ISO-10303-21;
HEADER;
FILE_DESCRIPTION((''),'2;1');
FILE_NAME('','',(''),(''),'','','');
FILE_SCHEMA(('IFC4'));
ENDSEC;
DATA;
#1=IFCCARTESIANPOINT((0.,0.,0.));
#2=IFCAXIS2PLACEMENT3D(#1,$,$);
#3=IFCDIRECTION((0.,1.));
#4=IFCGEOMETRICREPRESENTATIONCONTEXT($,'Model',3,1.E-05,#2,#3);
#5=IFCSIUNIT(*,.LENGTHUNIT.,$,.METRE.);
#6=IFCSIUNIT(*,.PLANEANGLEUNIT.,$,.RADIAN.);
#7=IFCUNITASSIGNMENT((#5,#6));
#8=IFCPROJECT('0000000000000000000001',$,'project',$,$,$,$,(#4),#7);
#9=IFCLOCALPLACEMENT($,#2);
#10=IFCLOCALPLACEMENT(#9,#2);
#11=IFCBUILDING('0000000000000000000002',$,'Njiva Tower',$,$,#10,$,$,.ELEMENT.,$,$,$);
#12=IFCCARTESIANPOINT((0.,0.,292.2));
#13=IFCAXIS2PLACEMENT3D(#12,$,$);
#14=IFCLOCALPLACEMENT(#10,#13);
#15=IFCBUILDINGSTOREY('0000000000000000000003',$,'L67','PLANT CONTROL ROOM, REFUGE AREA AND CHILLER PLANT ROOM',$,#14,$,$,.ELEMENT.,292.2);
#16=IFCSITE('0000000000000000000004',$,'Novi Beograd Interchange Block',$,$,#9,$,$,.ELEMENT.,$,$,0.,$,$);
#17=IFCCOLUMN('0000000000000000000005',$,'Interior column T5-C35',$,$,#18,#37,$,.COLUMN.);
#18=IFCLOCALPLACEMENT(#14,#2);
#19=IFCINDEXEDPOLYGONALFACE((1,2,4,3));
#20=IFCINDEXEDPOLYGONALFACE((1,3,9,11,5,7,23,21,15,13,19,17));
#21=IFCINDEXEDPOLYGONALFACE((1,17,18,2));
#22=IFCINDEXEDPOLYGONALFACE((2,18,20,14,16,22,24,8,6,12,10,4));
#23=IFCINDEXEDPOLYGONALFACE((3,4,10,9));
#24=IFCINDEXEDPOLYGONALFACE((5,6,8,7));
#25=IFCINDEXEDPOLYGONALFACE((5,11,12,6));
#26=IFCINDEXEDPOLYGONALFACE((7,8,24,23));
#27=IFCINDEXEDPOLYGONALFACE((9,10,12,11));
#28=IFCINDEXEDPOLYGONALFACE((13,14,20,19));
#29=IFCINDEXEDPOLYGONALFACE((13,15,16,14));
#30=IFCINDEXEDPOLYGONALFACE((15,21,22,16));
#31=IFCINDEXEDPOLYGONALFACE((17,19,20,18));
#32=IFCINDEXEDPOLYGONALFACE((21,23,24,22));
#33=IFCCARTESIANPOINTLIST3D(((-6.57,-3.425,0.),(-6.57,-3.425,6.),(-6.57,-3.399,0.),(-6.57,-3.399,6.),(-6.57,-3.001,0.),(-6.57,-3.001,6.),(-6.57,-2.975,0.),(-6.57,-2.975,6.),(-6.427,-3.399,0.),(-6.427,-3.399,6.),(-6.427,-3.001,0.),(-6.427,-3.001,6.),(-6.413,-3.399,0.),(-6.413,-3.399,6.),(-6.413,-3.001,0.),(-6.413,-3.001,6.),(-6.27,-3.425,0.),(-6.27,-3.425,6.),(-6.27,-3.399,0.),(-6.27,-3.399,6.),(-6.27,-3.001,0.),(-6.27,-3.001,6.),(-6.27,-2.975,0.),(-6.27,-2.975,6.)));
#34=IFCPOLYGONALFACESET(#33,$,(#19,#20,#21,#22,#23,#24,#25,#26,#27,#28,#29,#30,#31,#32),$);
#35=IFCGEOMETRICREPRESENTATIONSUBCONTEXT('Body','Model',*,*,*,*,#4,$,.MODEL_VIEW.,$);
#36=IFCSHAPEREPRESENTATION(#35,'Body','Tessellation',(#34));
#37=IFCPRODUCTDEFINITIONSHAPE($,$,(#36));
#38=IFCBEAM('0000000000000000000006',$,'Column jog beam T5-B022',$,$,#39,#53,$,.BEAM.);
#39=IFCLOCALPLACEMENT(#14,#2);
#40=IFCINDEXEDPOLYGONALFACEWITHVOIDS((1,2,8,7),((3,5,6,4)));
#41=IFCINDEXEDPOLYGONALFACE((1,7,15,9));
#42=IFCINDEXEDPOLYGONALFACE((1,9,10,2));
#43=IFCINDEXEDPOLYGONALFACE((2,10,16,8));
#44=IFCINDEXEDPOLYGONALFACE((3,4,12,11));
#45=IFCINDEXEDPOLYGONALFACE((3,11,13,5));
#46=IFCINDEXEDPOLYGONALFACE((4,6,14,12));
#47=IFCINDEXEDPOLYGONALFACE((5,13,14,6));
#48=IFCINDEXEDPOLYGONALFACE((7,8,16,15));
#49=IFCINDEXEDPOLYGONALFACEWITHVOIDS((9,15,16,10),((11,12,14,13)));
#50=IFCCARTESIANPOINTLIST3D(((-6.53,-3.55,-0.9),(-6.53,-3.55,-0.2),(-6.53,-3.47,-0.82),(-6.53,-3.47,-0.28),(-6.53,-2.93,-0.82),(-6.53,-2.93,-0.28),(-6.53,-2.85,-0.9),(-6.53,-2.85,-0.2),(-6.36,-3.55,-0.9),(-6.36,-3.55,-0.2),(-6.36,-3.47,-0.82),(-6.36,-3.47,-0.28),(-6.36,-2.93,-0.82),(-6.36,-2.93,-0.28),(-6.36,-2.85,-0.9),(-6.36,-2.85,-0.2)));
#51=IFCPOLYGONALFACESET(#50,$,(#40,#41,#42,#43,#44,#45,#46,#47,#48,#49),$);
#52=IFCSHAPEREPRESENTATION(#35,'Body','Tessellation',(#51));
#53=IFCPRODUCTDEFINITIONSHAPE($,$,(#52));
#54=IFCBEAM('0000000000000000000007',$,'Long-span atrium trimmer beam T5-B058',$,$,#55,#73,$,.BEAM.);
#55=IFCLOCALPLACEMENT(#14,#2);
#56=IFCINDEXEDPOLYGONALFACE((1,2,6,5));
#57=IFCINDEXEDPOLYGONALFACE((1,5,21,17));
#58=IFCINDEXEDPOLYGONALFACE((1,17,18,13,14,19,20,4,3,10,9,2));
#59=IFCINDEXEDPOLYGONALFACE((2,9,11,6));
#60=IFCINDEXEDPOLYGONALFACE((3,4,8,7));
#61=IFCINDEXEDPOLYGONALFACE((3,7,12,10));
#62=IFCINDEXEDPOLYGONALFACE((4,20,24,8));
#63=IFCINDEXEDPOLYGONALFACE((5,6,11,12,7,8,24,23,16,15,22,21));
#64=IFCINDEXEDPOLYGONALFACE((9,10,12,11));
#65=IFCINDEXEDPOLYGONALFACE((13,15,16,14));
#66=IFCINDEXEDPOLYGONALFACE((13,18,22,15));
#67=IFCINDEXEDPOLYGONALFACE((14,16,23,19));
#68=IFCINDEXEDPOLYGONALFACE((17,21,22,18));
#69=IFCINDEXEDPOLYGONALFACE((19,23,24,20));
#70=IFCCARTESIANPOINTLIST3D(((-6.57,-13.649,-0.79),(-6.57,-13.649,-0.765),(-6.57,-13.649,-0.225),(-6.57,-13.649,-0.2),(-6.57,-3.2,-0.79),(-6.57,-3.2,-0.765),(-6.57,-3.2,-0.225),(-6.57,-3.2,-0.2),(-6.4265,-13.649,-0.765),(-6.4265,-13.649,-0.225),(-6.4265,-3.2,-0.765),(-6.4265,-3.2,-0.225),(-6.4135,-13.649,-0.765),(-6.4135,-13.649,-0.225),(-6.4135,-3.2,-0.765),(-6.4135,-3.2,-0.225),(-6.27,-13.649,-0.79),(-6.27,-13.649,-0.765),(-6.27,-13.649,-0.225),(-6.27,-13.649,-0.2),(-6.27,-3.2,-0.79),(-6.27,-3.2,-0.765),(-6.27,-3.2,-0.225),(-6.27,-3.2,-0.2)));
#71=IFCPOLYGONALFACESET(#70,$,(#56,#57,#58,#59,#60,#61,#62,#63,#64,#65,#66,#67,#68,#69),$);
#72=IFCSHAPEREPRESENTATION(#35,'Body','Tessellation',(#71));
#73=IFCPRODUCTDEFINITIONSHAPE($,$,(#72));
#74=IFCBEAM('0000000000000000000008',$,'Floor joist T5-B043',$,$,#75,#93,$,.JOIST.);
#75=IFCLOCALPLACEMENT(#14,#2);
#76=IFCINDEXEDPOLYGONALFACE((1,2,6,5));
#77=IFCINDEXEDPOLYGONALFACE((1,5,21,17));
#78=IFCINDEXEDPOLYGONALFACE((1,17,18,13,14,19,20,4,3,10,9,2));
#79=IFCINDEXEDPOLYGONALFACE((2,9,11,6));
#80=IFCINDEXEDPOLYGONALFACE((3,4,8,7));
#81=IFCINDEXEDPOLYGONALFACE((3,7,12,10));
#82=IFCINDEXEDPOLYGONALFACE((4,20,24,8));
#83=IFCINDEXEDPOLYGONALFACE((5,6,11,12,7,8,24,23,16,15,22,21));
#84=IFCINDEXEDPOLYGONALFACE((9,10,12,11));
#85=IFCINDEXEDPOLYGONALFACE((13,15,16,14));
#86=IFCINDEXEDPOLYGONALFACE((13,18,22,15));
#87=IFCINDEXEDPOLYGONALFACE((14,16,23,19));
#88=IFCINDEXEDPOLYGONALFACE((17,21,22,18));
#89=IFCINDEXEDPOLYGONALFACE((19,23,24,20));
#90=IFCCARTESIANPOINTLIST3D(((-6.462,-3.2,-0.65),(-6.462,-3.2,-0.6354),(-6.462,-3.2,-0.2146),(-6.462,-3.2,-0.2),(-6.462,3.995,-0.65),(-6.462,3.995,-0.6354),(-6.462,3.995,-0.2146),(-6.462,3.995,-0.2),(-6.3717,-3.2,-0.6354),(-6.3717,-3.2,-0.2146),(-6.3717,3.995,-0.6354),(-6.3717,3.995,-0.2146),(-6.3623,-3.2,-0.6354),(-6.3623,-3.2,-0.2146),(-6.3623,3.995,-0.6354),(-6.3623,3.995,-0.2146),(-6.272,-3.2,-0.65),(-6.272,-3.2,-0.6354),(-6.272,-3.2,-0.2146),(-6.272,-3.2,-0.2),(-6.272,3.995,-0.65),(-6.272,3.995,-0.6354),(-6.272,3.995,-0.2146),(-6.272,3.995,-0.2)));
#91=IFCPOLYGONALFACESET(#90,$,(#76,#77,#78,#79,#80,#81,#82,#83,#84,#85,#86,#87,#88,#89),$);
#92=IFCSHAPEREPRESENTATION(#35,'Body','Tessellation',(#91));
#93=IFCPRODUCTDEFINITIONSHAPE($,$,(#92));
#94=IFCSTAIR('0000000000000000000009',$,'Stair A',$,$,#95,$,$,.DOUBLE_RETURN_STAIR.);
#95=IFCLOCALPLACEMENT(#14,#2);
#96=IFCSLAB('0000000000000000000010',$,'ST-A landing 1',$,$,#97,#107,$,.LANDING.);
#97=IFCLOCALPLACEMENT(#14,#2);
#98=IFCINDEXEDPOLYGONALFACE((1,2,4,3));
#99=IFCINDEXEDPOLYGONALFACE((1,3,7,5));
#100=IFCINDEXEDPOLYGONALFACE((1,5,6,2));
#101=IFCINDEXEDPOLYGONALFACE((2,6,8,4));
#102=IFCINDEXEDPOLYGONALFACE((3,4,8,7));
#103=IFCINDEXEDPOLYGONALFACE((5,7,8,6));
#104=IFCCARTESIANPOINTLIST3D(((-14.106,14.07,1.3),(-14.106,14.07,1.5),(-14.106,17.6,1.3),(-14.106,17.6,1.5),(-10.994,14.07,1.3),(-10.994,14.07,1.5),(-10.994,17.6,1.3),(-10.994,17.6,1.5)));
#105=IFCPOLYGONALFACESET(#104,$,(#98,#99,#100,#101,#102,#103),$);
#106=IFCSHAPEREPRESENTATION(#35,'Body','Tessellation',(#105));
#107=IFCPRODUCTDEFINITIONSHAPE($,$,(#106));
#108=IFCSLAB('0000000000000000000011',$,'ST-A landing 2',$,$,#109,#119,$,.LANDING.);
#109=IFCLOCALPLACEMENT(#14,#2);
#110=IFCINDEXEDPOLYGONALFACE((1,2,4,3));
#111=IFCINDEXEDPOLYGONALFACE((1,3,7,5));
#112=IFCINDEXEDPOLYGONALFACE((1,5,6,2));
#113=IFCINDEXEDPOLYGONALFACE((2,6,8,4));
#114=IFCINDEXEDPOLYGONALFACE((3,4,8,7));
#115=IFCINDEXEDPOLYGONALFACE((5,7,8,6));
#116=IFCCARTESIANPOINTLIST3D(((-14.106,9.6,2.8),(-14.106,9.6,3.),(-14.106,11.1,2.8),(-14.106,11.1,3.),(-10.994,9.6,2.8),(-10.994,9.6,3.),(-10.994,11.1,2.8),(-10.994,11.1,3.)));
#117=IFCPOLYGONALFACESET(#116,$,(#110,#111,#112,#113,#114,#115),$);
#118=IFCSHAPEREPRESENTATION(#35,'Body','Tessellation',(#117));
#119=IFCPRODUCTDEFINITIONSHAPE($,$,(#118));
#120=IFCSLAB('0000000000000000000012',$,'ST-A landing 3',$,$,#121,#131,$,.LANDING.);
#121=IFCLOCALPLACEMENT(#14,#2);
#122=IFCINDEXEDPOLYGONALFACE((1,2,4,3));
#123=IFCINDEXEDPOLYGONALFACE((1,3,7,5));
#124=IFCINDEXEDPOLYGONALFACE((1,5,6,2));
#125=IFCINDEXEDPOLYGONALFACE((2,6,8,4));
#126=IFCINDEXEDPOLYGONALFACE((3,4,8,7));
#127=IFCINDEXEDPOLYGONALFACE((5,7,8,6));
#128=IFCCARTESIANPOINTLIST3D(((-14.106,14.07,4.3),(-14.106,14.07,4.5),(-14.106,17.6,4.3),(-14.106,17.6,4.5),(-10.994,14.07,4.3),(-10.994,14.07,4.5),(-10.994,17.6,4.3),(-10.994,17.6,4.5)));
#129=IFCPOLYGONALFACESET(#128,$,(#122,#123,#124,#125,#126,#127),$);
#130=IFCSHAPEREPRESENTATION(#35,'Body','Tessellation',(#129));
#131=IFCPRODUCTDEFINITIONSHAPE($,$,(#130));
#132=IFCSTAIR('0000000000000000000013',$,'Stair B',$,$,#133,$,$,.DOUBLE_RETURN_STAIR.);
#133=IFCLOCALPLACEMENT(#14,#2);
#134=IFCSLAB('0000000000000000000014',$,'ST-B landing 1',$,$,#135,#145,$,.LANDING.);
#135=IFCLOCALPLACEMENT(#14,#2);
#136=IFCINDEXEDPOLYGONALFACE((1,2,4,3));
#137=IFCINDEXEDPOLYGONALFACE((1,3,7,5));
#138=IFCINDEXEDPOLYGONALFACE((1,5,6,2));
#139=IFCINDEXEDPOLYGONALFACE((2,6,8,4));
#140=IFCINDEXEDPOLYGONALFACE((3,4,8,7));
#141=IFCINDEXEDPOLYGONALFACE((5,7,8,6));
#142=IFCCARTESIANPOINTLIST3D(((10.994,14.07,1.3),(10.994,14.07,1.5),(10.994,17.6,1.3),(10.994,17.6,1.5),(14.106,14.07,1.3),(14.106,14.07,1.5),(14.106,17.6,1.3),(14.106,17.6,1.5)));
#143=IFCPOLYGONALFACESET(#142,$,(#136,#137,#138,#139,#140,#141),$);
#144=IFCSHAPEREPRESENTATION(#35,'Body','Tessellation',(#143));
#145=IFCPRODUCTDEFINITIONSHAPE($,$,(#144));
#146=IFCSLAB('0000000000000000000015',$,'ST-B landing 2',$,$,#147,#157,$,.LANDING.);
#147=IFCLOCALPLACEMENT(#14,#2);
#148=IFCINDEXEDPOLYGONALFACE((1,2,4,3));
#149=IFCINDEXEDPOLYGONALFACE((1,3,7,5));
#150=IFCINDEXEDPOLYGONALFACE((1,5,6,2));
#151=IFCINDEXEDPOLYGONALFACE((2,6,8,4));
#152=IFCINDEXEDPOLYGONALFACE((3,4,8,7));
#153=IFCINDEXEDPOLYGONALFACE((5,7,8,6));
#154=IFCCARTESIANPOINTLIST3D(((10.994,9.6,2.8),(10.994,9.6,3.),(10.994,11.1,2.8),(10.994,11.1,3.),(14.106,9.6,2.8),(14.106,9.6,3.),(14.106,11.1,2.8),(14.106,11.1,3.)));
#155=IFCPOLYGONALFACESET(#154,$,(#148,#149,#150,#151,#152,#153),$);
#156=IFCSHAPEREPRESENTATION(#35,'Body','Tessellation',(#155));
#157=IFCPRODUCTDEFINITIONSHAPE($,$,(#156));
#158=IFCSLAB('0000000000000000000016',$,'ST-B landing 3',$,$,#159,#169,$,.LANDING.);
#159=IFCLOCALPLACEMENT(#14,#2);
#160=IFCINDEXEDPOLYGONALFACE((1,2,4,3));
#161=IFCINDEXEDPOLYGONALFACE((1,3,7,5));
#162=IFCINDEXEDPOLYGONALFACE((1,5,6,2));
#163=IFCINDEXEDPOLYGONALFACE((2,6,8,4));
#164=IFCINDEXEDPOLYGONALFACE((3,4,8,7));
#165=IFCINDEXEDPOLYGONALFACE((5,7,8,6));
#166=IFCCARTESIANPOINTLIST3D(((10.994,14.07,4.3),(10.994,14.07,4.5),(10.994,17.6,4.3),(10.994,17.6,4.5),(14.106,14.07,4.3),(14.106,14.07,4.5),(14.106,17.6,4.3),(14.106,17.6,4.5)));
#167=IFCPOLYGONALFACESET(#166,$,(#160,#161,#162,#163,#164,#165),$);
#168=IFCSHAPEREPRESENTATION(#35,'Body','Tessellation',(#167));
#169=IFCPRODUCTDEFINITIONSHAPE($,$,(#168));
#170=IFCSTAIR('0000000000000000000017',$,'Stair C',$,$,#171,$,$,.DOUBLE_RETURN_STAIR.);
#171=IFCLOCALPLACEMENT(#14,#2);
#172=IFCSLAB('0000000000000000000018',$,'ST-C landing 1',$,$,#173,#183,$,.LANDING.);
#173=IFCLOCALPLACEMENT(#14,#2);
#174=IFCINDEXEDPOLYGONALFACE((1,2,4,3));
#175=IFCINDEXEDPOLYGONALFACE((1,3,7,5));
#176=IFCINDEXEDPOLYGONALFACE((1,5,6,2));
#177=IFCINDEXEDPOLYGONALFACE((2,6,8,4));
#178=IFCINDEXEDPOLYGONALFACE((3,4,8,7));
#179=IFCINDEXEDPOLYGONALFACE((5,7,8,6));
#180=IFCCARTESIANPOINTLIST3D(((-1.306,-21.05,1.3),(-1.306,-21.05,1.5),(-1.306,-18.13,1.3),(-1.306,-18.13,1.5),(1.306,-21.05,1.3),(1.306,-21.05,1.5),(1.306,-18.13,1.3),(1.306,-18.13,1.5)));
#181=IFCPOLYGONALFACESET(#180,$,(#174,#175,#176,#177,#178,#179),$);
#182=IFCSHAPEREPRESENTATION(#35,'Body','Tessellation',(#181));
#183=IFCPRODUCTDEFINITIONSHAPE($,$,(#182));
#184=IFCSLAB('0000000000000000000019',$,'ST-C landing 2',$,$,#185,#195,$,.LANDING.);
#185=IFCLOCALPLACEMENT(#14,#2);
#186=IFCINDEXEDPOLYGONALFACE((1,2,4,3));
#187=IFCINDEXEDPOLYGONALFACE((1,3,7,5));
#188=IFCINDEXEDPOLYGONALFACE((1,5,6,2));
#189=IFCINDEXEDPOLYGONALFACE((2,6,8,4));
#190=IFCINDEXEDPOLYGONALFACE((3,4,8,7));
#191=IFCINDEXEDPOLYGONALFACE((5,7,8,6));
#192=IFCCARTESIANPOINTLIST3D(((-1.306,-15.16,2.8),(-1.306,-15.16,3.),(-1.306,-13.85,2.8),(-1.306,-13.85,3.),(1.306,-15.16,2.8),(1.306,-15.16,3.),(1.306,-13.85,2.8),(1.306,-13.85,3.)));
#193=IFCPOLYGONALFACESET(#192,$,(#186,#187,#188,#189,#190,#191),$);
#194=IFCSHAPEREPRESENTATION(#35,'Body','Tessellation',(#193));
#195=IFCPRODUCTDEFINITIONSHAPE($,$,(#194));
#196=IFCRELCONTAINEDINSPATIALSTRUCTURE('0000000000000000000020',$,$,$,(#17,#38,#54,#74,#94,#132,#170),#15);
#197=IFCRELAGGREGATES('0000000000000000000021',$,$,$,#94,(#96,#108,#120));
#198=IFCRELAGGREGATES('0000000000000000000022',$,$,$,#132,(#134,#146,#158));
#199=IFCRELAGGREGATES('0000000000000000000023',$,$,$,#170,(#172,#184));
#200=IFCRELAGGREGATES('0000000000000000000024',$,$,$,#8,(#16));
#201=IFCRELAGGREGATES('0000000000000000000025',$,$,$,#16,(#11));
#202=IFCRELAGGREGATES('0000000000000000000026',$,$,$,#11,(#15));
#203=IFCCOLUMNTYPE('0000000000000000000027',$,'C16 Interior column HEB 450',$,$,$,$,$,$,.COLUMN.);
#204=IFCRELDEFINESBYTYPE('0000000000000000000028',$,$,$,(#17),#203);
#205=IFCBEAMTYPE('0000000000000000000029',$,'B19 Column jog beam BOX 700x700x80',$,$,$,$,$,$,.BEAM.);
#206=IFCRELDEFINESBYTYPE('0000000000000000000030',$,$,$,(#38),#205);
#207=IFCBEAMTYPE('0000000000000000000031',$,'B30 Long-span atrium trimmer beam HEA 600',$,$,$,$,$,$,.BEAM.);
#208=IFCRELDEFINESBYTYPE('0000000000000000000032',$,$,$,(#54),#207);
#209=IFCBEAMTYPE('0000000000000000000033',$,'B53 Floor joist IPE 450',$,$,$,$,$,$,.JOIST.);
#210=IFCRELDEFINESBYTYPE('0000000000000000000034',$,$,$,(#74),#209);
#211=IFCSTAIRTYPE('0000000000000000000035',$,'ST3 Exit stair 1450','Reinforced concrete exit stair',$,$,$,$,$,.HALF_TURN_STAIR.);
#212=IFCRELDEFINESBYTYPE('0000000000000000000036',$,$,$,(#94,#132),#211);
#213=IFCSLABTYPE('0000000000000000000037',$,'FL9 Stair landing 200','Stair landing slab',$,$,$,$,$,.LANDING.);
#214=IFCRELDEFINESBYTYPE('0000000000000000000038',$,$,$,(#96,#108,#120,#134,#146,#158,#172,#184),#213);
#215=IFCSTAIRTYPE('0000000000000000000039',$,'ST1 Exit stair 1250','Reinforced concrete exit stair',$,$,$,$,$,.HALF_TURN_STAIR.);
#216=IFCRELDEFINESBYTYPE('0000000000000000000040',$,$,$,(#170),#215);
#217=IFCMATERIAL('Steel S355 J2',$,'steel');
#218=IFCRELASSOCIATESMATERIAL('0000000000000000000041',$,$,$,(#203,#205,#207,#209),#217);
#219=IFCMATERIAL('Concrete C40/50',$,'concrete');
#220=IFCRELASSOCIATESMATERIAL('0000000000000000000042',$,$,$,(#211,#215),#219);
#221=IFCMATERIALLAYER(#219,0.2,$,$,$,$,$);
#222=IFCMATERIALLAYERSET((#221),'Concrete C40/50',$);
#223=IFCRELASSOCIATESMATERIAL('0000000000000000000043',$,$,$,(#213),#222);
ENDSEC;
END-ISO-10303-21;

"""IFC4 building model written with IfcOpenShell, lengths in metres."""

from ifc_helpers import new_model, si_unit, direction, frame, origin, origin_2d, place, context, subcontext, project, spatial, polyline, hollow_rectangle, i_section, outline, extrude, material, layer, layer_set, material_profile, profile_set, type_object, element, aggregate, save


model = new_model("IFC4")

# Units and contexts
model_context = context("Model", 3, precision=1e-05, world=origin(), true_north=direction((0.0, 1.0)))
body_context = subcontext(model_context, "Body", "Model", "MODEL_VIEW")
ifc_project = project(units=[si_unit("LENGTHUNIT", "METRE"), si_unit("PLANEANGLEUNIT", "RADIAN")], contexts=[model_context])

# Site, building, storey
site_placement = place(None, origin())
site = spatial("IfcSite", under=ifc_project, at=site_placement, Name="Novi Beograd Interchange Block", CompositionType="ELEMENT", RefElevation=0.0)
building_placement = place(site_placement, origin())
building = spatial("IfcBuilding", under=site, at=building_placement, Name="Njiva Tower", CompositionType="ELEMENT")
storey_placement = place(building_placement, frame((0.0, 0.0, 292.2)))
storey = spatial("IfcBuildingStorey", under=building, at=storey_placement, Name="L67", Description="PLANT CONTROL ROOM, REFUGE AREA AND CHILLER PLANT ROOM", CompositionType="ELEMENT", Elevation=292.2)

# Column
ifc_material_1 = material(Name="Steel S355 J2", Category="steel")
ifc_material_profile_1 = material_profile(ifc_material_1, i_section(OverallWidth=0.3, OverallDepth=0.45, WebThickness=0.014, FlangeThickness=0.026, at=origin_2d()), Name="HEB 450")
ifc_profile_set_1 = profile_set([ifc_material_profile_1], Name="Steel S355 J2")
column_type = type_object("IfcColumnType", Name="C16 Interior column HEB 450", PredefinedType="COLUMN", material=ifc_profile_set_1)
column_placement = place(storey_placement, frame((-6.42, -3.2, 0.0), z_axis=(0.0, 0.0, 1.0), x_axis=(1.0, 0.0, 0.0)))
element("IfcColumn", 1, at=column_placement, inside=storey, type_object=column_type, Name="Interior column T5-C35", PredefinedType="COLUMN", context=body_context, shape_type="SweptSolid", body=[
    extrude(i_section(OverallWidth=0.3, OverallDepth=0.45, WebThickness=0.014, FlangeThickness=0.026, at=origin_2d()), origin(), (0.0, 0.0, 1.0), 6.0),
])

# Beams
ifc_material_profile_2 = material_profile(ifc_material_1, hollow_rectangle(XDim=0.7, YDim=0.7, WallThickness=0.08, at=origin_2d()), Name="BOX 700x700x80")
ifc_profile_set_2 = profile_set([ifc_material_profile_2], Name="Steel S355 J2")
beam_type_1 = type_object("IfcBeamType", Name="B19 Column jog beam BOX 700x700x80", PredefinedType="BEAM", material=ifc_profile_set_2)
beam_1_placement = place(storey_placement, frame((-6.53, -3.2, -0.55), z_axis=(1.0, 0.0, 0.0), x_axis=(0.0, 1.0, 0.0)))
element("IfcBeam", 2, at=beam_1_placement, inside=storey, type_object=beam_type_1, Name="Column jog beam T5-B022", PredefinedType="BEAM", context=body_context, shape_type="SweptSolid", body=[
    extrude(hollow_rectangle(XDim=0.7, YDim=0.7, WallThickness=0.08, at=origin_2d()), origin(), (0.0, 0.0, 1.0), 0.17),
])
ifc_material_profile_3 = material_profile(ifc_material_1, i_section(OverallWidth=0.3, OverallDepth=0.59, WebThickness=0.013, FlangeThickness=0.025, at=origin_2d()), Name="HEA 600")
ifc_profile_set_3 = profile_set([ifc_material_profile_3], Name="Steel S355 J2")
beam_type_2 = type_object("IfcBeamType", Name="B30 Long-span atrium trimmer beam HEA 600", PredefinedType="BEAM", material=ifc_profile_set_3)
beam_2_placement = place(storey_placement, frame((-6.42, -3.2, -0.495), z_axis=(0.0, -1.0, 0.0), x_axis=(1.0, 0.0, 0.0)))
element("IfcBeam", 3, at=beam_2_placement, inside=storey, type_object=beam_type_2, Name="Long-span atrium trimmer beam T5-B058", PredefinedType="BEAM", context=body_context, shape_type="SweptSolid", body=[
    extrude(i_section(OverallWidth=0.3, OverallDepth=0.59, WebThickness=0.013, FlangeThickness=0.025, at=origin_2d()), origin(), (0.0, 0.0, 1.0), 10.449),
])
ifc_material_profile_4 = material_profile(ifc_material_1, i_section(OverallWidth=0.19, OverallDepth=0.45, WebThickness=0.0094, FlangeThickness=0.0146, at=origin_2d()), Name="IPE 450")
ifc_profile_set_4 = profile_set([ifc_material_profile_4], Name="Steel S355 J2")
beam_type_3 = type_object("IfcBeamType", Name="B53 Floor joist IPE 450", PredefinedType="JOIST", material=ifc_profile_set_4)
beam_3_placement = place(storey_placement, frame((-6.367, 3.995, -0.425), z_axis=(0.0, -1.0, 0.0), x_axis=(1.0, 0.0, 0.0)))
element("IfcBeam", 4, at=beam_3_placement, inside=storey, type_object=beam_type_3, Name="Floor joist T5-B043", PredefinedType="JOIST", context=body_context, shape_type="SweptSolid", body=[
    extrude(i_section(OverallWidth=0.19, OverallDepth=0.45, WebThickness=0.0094, FlangeThickness=0.0146, at=origin_2d()), origin(), (0.0, 0.0, 1.0), 7.195),
])

# Stairs, slabs
ifc_material_2 = material(Name="Concrete C40/50", Category="concrete")
stair_type_1 = type_object("IfcStairType", Name="ST3 Exit stair 1450", Description="Reinforced concrete exit stair", PredefinedType="HALF_TURN_STAIR", material=ifc_material_2)
stair_1_placement = place(storey_placement, origin())
stair_1 = element("IfcStair", 5, at=stair_1_placement, inside=storey, type_object=stair_type_1, Name="Stair A", PredefinedType="DOUBLE_RETURN_STAIR")
ifc_layer_1 = layer(ifc_material_2, 0.2)
ifc_layer_set_1 = layer_set([ifc_layer_1], Name="Concrete C40/50")
slab_type_1 = type_object("IfcSlabType", Name="FL9 Stair landing 200", Description="Stair landing slab", PredefinedType="LANDING", material=ifc_layer_set_1)
slab_1_placement = place(storey_placement, frame((0.0, 0.0, 1.3)))
slab_1 = element("IfcSlab", 6, at=slab_1_placement, type_object=slab_type_1, Name="ST-A landing 1", PredefinedType="LANDING", context=body_context, shape_type="SweptSolid", body=[
    extrude(outline(polyline([(-14.106, 14.07), (-10.994, 14.07), (-10.994, 17.6), (-14.106, 17.6), (-14.106, 14.07)])), origin(), (0.0, 0.0, 1.0), 0.2),
])
slab_2_placement = place(storey_placement, frame((0.0, 0.0, 2.8)))
slab_2 = element("IfcSlab", 7, at=slab_2_placement, type_object=slab_type_1, Name="ST-A landing 2", PredefinedType="LANDING", context=body_context, shape_type="SweptSolid", body=[
    extrude(outline(polyline([(-14.106, 9.6), (-10.994, 9.6), (-10.994, 11.1), (-14.106, 11.1), (-14.106, 9.6)])), origin(), (0.0, 0.0, 1.0), 0.2),
])
slab_3_placement = place(storey_placement, frame((0.0, 0.0, 4.3)))
slab_3 = element("IfcSlab", 8, at=slab_3_placement, type_object=slab_type_1, Name="ST-A landing 3", PredefinedType="LANDING", context=body_context, shape_type="SweptSolid", body=[
    extrude(outline(polyline([(-14.106, 14.07), (-10.994, 14.07), (-10.994, 17.6), (-14.106, 17.6), (-14.106, 14.07)])), origin(), (0.0, 0.0, 1.0), 0.2),
])
aggregate(stair_1, [slab_1, slab_2, slab_3])
stair_2_placement = place(storey_placement, origin())
stair_2 = element("IfcStair", 9, at=stair_2_placement, inside=storey, type_object=stair_type_1, Name="Stair B", PredefinedType="DOUBLE_RETURN_STAIR")
slab_4_placement = place(storey_placement, frame((0.0, 0.0, 1.3)))
slab_4 = element("IfcSlab", 10, at=slab_4_placement, type_object=slab_type_1, Name="ST-B landing 1", PredefinedType="LANDING", context=body_context, shape_type="SweptSolid", body=[
    extrude(outline(polyline([(10.994, 14.07), (14.106, 14.07), (14.106, 17.6), (10.994, 17.6), (10.994, 14.07)])), origin(), (0.0, 0.0, 1.0), 0.2),
])
slab_5_placement = place(storey_placement, frame((0.0, 0.0, 2.8)))
slab_5 = element("IfcSlab", 11, at=slab_5_placement, type_object=slab_type_1, Name="ST-B landing 2", PredefinedType="LANDING", context=body_context, shape_type="SweptSolid", body=[
    extrude(outline(polyline([(10.994, 9.6), (14.106, 9.6), (14.106, 11.1), (10.994, 11.1), (10.994, 9.6)])), origin(), (0.0, 0.0, 1.0), 0.2),
])
slab_6_placement = place(storey_placement, frame((0.0, 0.0, 4.3)))
slab_6 = element("IfcSlab", 12, at=slab_6_placement, type_object=slab_type_1, Name="ST-B landing 3", PredefinedType="LANDING", context=body_context, shape_type="SweptSolid", body=[
    extrude(outline(polyline([(10.994, 14.07), (14.106, 14.07), (14.106, 17.6), (10.994, 17.6), (10.994, 14.07)])), origin(), (0.0, 0.0, 1.0), 0.2),
])
aggregate(stair_2, [slab_4, slab_5, slab_6])
stair_type_2 = type_object("IfcStairType", Name="ST1 Exit stair 1250", Description="Reinforced concrete exit stair", PredefinedType="HALF_TURN_STAIR", material=ifc_material_2)
stair_3_placement = place(storey_placement, origin())
stair_3 = element("IfcStair", 13, at=stair_3_placement, inside=storey, type_object=stair_type_2, Name="Stair C", PredefinedType="DOUBLE_RETURN_STAIR")
slab_7_placement = place(storey_placement, frame((0.0, 0.0, 1.3)))
slab_7 = element("IfcSlab", 14, at=slab_7_placement, type_object=slab_type_1, Name="ST-C landing 1", PredefinedType="LANDING", context=body_context, shape_type="SweptSolid", body=[
    extrude(outline(polyline([(-1.306, -21.05), (1.306, -21.05), (1.306, -18.13), (-1.306, -18.13), (-1.306, -21.05)])), origin(), (0.0, 0.0, 1.0), 0.2),
])
slab_8_placement = place(storey_placement, frame((0.0, 0.0, 2.8)))
slab_8 = element("IfcSlab", 15, at=slab_8_placement, type_object=slab_type_1, Name="ST-C landing 2", PredefinedType="LANDING", context=body_context, shape_type="SweptSolid", body=[
    extrude(outline(polyline([(-1.306, -15.16), (1.306, -15.16), (1.306, -13.85), (-1.306, -13.85), (-1.306, -15.16)])), origin(), (0.0, 0.0, 1.0), 0.2),
])
aggregate(stair_3, [slab_7, slab_8])

save(model, "model.ifc")
